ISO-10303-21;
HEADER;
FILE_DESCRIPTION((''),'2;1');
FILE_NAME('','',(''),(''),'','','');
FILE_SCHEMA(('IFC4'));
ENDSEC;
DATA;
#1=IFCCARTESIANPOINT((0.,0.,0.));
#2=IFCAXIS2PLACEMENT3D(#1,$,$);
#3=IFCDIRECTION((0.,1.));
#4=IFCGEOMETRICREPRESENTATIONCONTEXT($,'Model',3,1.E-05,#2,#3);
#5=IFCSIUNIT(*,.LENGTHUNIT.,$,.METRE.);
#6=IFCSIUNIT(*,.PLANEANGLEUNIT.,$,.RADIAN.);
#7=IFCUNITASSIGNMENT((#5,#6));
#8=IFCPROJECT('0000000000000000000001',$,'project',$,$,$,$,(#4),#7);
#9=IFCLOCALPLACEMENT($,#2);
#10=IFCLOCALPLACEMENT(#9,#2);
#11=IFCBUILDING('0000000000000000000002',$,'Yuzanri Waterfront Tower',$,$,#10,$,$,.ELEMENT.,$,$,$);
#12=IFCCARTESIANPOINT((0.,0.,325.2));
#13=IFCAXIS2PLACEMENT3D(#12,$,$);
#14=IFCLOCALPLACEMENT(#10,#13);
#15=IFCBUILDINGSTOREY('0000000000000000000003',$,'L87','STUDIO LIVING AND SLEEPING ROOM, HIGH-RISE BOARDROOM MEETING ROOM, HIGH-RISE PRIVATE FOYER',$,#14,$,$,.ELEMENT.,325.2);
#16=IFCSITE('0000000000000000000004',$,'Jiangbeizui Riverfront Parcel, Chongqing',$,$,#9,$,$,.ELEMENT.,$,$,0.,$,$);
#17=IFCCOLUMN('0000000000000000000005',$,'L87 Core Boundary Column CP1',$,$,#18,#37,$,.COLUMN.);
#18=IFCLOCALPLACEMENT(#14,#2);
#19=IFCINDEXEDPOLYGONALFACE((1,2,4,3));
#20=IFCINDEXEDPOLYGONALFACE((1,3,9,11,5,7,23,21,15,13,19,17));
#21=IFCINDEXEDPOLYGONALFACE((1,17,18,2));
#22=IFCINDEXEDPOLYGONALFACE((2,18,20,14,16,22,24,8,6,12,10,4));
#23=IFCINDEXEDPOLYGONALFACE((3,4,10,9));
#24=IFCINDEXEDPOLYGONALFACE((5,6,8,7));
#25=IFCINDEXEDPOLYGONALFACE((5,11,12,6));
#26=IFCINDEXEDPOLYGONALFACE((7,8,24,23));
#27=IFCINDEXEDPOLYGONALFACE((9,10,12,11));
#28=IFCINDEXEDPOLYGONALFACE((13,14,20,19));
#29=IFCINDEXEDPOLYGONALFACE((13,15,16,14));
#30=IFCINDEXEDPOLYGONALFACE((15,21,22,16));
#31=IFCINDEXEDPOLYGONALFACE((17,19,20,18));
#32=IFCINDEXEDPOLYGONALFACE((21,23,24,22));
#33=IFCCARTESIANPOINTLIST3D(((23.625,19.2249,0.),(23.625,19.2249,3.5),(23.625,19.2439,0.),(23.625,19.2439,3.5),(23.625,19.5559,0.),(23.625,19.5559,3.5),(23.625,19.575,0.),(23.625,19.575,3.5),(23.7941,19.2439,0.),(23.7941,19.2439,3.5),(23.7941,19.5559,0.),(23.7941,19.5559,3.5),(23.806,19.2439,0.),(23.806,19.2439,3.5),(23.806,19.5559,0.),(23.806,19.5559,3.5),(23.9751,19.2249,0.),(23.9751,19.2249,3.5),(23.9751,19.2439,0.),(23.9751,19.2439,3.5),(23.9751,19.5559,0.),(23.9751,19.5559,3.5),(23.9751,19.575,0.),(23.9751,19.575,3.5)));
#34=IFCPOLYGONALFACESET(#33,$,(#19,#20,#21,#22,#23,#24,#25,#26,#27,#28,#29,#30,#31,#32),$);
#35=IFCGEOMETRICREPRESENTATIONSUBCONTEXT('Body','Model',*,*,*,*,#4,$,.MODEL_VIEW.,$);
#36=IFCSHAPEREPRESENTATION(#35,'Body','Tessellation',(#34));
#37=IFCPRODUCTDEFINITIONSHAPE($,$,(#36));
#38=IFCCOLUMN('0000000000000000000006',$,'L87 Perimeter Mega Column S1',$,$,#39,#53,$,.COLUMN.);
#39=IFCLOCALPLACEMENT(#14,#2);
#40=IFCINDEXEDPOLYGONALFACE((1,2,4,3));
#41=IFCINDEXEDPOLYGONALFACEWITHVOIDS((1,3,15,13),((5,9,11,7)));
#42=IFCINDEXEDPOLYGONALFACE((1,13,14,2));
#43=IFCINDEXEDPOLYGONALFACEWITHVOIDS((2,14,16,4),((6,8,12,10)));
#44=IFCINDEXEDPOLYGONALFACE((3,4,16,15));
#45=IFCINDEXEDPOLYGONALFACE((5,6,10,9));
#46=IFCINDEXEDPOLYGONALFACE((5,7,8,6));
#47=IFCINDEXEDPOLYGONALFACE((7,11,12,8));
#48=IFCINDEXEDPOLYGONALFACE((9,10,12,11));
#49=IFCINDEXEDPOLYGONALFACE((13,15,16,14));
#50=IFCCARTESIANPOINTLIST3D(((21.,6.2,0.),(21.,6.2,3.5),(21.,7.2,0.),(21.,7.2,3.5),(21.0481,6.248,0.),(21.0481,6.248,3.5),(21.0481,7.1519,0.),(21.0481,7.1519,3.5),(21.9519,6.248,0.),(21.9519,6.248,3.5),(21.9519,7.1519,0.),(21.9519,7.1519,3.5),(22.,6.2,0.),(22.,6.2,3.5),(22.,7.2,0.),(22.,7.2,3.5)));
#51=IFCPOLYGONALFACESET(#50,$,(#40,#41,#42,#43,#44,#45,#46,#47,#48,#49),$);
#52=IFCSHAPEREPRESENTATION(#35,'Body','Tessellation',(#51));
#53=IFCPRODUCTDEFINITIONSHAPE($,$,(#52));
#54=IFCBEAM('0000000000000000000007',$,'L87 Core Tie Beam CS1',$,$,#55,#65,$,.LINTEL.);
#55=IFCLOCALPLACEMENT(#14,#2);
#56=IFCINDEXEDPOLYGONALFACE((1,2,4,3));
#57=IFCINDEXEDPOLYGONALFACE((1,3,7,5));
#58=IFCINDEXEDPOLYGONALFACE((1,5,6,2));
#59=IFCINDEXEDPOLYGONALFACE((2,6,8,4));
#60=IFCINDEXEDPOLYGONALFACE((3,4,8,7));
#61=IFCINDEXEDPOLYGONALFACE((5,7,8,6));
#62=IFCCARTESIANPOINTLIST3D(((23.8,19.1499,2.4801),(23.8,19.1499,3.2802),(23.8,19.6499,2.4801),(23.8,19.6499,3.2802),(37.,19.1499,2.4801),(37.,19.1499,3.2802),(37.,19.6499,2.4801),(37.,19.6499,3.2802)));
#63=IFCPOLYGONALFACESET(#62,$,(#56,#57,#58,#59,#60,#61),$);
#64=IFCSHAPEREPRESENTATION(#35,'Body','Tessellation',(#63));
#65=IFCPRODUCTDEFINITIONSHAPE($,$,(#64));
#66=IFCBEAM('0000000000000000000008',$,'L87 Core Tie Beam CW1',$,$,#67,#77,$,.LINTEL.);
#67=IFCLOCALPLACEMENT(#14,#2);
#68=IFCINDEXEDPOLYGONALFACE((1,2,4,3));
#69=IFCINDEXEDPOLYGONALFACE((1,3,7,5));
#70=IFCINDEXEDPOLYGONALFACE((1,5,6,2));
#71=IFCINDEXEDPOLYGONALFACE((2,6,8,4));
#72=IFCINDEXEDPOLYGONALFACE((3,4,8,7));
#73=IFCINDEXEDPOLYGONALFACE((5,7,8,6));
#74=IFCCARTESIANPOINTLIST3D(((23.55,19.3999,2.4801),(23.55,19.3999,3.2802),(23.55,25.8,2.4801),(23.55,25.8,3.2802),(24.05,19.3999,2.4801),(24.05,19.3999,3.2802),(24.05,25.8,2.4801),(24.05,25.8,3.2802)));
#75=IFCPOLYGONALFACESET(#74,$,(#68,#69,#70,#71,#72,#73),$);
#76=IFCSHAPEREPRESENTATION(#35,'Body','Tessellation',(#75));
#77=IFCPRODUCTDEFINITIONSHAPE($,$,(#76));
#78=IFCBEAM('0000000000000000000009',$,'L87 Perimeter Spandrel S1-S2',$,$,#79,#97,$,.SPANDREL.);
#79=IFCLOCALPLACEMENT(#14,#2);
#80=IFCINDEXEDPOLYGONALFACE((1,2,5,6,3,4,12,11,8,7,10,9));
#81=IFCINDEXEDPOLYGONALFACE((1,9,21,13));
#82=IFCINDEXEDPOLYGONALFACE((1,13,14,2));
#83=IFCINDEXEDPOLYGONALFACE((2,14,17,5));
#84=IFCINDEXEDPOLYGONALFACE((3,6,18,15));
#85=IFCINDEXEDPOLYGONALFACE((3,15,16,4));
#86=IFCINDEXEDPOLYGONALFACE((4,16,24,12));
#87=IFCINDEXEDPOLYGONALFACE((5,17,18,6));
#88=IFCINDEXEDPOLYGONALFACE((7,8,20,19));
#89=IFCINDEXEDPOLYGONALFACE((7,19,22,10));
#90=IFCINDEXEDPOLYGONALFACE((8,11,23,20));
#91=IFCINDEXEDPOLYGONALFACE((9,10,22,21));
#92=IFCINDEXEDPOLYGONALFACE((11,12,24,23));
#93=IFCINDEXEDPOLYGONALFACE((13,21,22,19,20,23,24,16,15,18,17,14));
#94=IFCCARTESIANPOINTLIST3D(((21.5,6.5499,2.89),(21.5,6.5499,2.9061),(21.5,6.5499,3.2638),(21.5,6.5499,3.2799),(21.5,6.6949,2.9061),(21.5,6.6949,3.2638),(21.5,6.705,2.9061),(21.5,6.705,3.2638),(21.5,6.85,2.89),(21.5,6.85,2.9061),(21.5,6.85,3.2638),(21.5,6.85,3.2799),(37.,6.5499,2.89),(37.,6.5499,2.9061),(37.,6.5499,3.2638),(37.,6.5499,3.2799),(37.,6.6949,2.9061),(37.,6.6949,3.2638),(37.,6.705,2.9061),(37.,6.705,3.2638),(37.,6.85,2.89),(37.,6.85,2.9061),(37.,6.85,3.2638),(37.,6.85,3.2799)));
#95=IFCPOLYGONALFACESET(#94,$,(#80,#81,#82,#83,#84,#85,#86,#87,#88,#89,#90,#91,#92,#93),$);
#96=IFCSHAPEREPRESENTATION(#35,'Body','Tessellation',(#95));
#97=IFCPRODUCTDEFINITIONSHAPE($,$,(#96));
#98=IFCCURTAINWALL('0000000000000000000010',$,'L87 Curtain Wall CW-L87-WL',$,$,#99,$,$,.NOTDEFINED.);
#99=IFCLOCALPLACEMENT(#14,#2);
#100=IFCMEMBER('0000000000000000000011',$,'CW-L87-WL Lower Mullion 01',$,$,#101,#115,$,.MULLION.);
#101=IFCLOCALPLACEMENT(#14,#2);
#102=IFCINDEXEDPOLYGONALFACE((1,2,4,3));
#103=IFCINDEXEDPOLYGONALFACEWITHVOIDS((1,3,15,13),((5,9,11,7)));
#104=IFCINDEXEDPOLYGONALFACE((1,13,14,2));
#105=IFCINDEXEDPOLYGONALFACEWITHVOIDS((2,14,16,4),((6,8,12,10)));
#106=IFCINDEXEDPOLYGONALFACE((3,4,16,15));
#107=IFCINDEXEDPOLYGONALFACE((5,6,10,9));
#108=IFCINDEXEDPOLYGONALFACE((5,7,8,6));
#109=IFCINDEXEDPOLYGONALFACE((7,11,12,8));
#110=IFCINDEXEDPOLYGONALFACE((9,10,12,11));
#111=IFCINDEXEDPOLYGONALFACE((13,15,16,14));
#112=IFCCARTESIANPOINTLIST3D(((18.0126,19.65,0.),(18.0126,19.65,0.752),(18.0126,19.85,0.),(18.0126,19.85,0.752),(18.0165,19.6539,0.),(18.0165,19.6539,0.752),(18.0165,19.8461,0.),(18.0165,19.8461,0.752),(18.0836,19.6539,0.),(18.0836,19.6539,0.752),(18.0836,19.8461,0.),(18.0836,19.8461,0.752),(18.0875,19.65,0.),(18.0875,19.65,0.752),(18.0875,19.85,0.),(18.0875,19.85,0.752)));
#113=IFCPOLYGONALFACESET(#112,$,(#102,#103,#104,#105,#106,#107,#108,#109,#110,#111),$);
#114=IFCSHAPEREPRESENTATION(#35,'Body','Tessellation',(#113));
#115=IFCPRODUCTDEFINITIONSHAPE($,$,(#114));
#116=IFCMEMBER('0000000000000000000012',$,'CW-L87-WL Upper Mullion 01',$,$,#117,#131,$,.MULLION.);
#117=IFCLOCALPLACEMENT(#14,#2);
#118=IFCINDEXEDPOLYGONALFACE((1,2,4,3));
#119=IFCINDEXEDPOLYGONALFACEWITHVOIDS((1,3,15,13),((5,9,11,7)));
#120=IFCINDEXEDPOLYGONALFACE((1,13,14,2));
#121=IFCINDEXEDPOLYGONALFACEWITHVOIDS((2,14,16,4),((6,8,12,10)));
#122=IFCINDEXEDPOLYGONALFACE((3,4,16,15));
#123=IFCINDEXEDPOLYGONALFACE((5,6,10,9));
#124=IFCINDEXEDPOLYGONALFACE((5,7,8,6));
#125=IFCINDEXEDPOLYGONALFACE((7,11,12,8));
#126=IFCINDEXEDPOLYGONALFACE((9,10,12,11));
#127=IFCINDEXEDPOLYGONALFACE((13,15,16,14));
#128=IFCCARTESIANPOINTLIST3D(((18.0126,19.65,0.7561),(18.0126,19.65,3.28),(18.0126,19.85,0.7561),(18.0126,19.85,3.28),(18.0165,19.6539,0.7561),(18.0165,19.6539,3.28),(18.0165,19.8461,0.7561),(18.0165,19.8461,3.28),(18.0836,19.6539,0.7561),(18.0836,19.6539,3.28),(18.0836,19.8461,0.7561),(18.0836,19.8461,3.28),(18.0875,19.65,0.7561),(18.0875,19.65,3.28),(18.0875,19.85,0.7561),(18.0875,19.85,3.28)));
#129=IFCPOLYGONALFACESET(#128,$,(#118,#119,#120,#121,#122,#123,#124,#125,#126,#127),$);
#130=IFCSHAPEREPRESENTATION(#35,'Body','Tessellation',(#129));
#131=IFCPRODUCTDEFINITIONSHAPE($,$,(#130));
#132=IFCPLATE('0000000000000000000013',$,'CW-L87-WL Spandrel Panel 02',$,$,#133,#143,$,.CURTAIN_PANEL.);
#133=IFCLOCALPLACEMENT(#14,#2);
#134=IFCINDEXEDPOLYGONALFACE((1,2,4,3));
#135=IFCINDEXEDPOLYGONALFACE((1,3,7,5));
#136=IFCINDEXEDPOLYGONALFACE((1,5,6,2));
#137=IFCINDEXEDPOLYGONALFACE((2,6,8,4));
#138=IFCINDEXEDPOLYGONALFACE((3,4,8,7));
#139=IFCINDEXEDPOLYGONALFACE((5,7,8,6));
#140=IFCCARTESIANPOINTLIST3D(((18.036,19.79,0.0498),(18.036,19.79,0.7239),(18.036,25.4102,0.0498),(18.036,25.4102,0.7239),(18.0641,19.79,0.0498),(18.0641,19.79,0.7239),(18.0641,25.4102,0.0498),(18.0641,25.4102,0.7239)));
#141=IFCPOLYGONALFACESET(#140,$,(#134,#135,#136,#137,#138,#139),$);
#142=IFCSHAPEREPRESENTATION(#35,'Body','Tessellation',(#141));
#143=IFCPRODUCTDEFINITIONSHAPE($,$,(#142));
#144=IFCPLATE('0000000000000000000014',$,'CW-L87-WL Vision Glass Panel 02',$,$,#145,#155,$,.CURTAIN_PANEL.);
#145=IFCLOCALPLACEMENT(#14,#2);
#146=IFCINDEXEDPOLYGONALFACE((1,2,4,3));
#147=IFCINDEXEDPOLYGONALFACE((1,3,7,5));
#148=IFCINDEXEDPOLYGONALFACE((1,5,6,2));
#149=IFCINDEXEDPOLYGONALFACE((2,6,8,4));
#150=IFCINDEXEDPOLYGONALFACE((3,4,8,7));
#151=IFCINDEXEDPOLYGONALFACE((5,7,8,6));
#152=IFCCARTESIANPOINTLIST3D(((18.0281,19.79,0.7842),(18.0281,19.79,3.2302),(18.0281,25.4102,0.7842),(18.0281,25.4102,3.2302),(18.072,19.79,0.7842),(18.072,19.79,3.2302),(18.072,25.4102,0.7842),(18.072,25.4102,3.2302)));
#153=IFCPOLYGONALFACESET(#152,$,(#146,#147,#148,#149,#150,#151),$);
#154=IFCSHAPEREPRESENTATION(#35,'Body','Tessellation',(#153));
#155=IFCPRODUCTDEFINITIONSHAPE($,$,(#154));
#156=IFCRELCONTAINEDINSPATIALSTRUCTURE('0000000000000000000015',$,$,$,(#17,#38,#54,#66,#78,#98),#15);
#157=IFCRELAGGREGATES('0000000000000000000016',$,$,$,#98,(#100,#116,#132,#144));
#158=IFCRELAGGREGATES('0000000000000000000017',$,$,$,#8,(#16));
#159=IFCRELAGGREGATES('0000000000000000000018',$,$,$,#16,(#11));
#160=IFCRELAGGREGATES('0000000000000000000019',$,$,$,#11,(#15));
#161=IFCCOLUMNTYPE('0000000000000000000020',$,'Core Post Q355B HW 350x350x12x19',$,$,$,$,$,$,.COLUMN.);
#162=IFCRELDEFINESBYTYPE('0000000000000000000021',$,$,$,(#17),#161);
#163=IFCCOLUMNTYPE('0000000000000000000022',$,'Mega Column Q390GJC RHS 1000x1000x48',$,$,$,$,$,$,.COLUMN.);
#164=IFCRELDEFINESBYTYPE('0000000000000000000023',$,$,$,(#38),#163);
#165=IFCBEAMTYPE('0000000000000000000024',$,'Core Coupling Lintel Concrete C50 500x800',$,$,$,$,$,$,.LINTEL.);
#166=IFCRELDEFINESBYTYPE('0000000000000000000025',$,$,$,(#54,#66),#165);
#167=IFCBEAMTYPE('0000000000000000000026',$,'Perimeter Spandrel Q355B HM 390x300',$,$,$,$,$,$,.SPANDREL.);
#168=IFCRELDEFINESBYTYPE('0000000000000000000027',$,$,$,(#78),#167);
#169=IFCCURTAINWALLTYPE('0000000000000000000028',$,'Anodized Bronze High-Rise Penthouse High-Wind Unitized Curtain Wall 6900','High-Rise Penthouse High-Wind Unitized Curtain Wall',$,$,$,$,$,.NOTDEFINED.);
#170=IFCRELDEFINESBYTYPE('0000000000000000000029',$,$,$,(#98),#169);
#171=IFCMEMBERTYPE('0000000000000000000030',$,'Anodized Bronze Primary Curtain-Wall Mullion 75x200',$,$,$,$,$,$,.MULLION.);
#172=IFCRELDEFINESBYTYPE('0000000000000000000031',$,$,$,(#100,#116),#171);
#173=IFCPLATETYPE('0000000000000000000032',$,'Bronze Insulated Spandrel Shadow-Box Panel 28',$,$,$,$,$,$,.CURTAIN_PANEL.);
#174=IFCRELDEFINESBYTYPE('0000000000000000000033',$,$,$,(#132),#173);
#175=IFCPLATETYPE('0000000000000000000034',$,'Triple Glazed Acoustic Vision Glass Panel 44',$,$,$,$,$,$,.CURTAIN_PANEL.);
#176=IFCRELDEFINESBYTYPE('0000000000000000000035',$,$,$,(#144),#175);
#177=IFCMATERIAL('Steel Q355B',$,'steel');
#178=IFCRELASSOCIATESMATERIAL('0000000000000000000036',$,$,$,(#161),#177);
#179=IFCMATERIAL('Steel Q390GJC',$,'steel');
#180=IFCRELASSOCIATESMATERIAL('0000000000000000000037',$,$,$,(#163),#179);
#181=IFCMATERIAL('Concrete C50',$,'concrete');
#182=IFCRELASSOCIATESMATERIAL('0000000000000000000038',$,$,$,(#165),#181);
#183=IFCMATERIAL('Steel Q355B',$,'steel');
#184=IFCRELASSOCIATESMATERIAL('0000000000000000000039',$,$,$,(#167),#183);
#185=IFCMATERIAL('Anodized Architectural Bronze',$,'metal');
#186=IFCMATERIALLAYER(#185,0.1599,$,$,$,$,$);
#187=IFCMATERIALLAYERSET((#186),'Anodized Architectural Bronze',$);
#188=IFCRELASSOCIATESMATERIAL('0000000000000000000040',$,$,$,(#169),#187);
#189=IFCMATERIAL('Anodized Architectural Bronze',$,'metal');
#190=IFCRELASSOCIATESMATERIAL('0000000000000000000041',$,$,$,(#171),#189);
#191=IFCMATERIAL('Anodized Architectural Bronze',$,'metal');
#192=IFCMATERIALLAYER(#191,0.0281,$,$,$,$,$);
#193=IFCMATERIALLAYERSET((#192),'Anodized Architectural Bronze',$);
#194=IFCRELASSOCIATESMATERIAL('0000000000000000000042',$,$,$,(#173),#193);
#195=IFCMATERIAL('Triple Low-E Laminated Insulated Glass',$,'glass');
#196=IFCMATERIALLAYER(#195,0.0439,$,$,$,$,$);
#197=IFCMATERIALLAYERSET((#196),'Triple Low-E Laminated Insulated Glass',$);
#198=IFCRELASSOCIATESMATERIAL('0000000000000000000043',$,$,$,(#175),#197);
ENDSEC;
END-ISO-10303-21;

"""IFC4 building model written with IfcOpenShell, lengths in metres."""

from ifc_helpers import new_model, si_unit, direction, frame, origin, origin_2d, place, context, subcontext, project, spatial, rectangle, hollow_rectangle, i_section, extrude, source, transform, mapped, material, layer, layer_set, material_profile, profile_set, type_object, element, aggregate, save


model = new_model("IFC4")

# Units and contexts
model_context = context("Model", 3, precision=1e-05, world=origin(), true_north=direction((0.0, 1.0)))
body_context = subcontext(model_context, "Body", "Model", "MODEL_VIEW")
ifc_project = project(units=[si_unit("LENGTHUNIT", "METRE"), si_unit("PLANEANGLEUNIT", "RADIAN")], contexts=[model_context])

# Site, building, storey
site_placement = place(None, origin())
site = spatial("IfcSite", under=ifc_project, at=site_placement, Name="Jiangbeizui Riverfront Parcel, Chongqing", CompositionType="ELEMENT", RefElevation=0.0)
building_placement = place(site_placement, origin())
building = spatial("IfcBuilding", under=site, at=building_placement, Name="Yuzanri Waterfront Tower", CompositionType="ELEMENT")
storey_placement = place(building_placement, frame((0.0, 0.0, 325.2)))
storey = spatial("IfcBuildingStorey", under=building, at=storey_placement, Name="L87", Description="STUDIO LIVING AND SLEEPING ROOM, HIGH-RISE BOARDROOM MEETING ROOM, HIGH-RISE PRIVATE FOYER", CompositionType="ELEMENT", Elevation=325.2)

# Columns
ifc_material_1 = material(Name="Steel Q355B", Category="steel")
ifc_material_profile_1 = material_profile(ifc_material_1, i_section(OverallWidth=0.3501, OverallDepth=0.3501, WebThickness=0.012, FlangeThickness=0.019, at=origin_2d()), Name="HW 350x350x12x19")
ifc_profile_set_1 = profile_set([ifc_material_profile_1], Name="Steel Q355B")
column_type_1 = type_object("IfcColumnType", Name="Core Post Q355B HW 350x350x12x19", PredefinedType="COLUMN", material=ifc_profile_set_1)
shared_shape_1 = source(origin(), body_context, "Body", "SweptSolid", [
    extrude(i_section(OverallWidth=0.3501, OverallDepth=0.3501, WebThickness=0.012, FlangeThickness=0.019, at=origin_2d()), origin(), (0.0, 0.0, 1.0), 3.5),
])
column_1_placement = place(storey_placement, frame((23.8, 19.3999, 0.0), z_axis=(0.0, 0.0, 1.0), x_axis=(1.0, 0.0, 0.0)))
element("IfcColumn", 1, at=column_1_placement, inside=storey, type_object=column_type_1, Name="L87 Core Boundary Column CP1", PredefinedType="COLUMN", context=body_context, shape_type="MappedRepresentation", body=[
    mapped(shared_shape_1, transform((0.0, 0.0, 0.0), scale=1.0)),
])
ifc_material_2 = material(Name="Steel Q390GJC", Category="steel")
ifc_material_profile_2 = material_profile(ifc_material_2, hollow_rectangle(XDim=1.0, YDim=1.0, WallThickness=0.0481, at=origin_2d()), Name="RHS 1000x1000x48")
ifc_profile_set_2 = profile_set([ifc_material_profile_2], Name="Steel Q390GJC")
column_type_2 = type_object("IfcColumnType", Name="Mega Column Q390GJC RHS 1000x1000x48", PredefinedType="COLUMN", material=ifc_profile_set_2)
shared_shape_2 = source(origin(), body_context, "Body", "SweptSolid", [
    extrude(hollow_rectangle(XDim=1.0, YDim=1.0, WallThickness=0.0481, at=origin_2d()), origin(), (0.0, 0.0, 1.0), 3.5),
])
column_2_placement = place(storey_placement, frame((21.5, 6.7, 0.0), z_axis=(0.0, 0.0, 1.0), x_axis=(1.0, 0.0, 0.0)))
element("IfcColumn", 2, at=column_2_placement, inside=storey, type_object=column_type_2, Name="L87 Perimeter Mega Column S1", PredefinedType="COLUMN", context=body_context, shape_type="MappedRepresentation", body=[
    mapped(shared_shape_2, transform((0.0, 0.0, 0.0), scale=1.0)),
])

# Beams
ifc_material_3 = material(Name="Concrete C50", Category="concrete")
ifc_material_profile_3 = material_profile(ifc_material_3, rectangle(XDim=0.5, YDim=0.8, at=origin_2d()), Name="RC 500x800")
ifc_profile_set_3 = profile_set([ifc_material_profile_3], Name="Concrete C50")
beam_type_1 = type_object("IfcBeamType", Name="Core Coupling Lintel Concrete C50 500x800", PredefinedType="LINTEL", material=ifc_profile_set_3)
shared_shape_3 = source(origin(), body_context, "Body", "SweptSolid", [
    extrude(rectangle(XDim=0.5, YDim=0.8, at=origin_2d()), origin(), (0.0, 0.0, 1.0), 13.2),
])
beam_1_placement = place(storey_placement, frame((23.8, 19.3999, 2.8801), z_axis=(1.0, 0.0, 0.0), x_axis=(0.0, 1.0, 0.0)))
element("IfcBeam", 3, at=beam_1_placement, inside=storey, type_object=beam_type_1, Name="L87 Core Tie Beam CS1", PredefinedType="LINTEL", context=body_context, shape_type="MappedRepresentation", body=[
    mapped(shared_shape_3, transform((0.0, 0.0, 0.0), scale=1.0)),
])
shared_shape_4 = source(origin(), body_context, "Body", "SweptSolid", [
    extrude(rectangle(XDim=0.5, YDim=0.8, at=origin_2d()), origin(), (0.0, 0.0, 1.0), 6.4001),
])
beam_2_placement = place(storey_placement, frame((23.8, 19.3999, 2.8801), z_axis=(0.0, 1.0, 0.0), x_axis=(-1.0, 0.0, 0.0)))
element("IfcBeam", 4, at=beam_2_placement, inside=storey, type_object=beam_type_1, Name="L87 Core Tie Beam CW1", PredefinedType="LINTEL", context=body_context, shape_type="MappedRepresentation", body=[
    mapped(shared_shape_4, transform((0.0, 0.0, 0.0), scale=1.0)),
])
ifc_material_4 = material(Name="Steel Q355B", Category="steel")
ifc_material_profile_4 = material_profile(ifc_material_4, i_section(OverallWidth=0.3, OverallDepth=0.3899, WebThickness=0.01, FlangeThickness=0.0161, at=origin_2d()), Name="HM 390x300x10x16")
ifc_profile_set_4 = profile_set([ifc_material_profile_4], Name="Steel Q355B")
beam_type_2 = type_object("IfcBeamType", Name="Perimeter Spandrel Q355B HM 390x300", PredefinedType="SPANDREL", material=ifc_profile_set_4)
shared_shape_5 = source(origin(), body_context, "Body", "SweptSolid", [
    extrude(i_section(OverallWidth=0.3, OverallDepth=0.3899, WebThickness=0.01, FlangeThickness=0.0161, at=origin_2d()), origin(), (0.0, 0.0, 1.0), 15.5),
])
beam_3_placement = place(storey_placement, frame((21.5, 6.7, 3.085), z_axis=(1.0, 0.0, 0.0), x_axis=(0.0, 1.0, 0.0)))
element("IfcBeam", 5, at=beam_3_placement, inside=storey, type_object=beam_type_2, Name="L87 Perimeter Spandrel S1-S2", PredefinedType="SPANDREL", context=body_context, shape_type="MappedRepresentation", body=[
    mapped(shared_shape_5, transform((0.0, 0.0, 0.0), scale=1.0)),
])

# Curtain wall, members, plates
ifc_material_5 = material(Name="Anodized Architectural Bronze", Category="metal")
ifc_layer_1 = layer(ifc_material_5, 0.1599)
ifc_layer_set_1 = layer_set([ifc_layer_1], Name="Anodized Architectural Bronze")
curtain_wall_type = type_object("IfcCurtainWallType", Name="Anodized Bronze High-Rise Penthouse High-Wind Unitized Curtain Wall 6900", Description="High-Rise Penthouse High-Wind Unitized Curtain Wall", PredefinedType="NOTDEFINED", material=ifc_layer_set_1)
curtain_wall_placement = place(storey_placement, origin())
curtain_wall = element("IfcCurtainWall", 6, at=curtain_wall_placement, inside=storey, type_object=curtain_wall_type, Name="L87 Curtain Wall CW-L87-WL", PredefinedType="NOTDEFINED")
ifc_material_6 = material(Name="Anodized Architectural Bronze", Category="metal")
ifc_material_profile_5 = material_profile(ifc_material_6, hollow_rectangle(XDim=0.075, YDim=0.2, WallThickness=0.0039, at=origin_2d()), Name="CWM 75x200")
ifc_profile_set_5 = profile_set([ifc_material_profile_5], Name="Anodized Architectural Bronze")
member_type = type_object("IfcMemberType", Name="Anodized Bronze Primary Curtain-Wall Mullion 75x200", PredefinedType="MULLION", material=ifc_profile_set_5)
shared_shape_6 = source(origin(), body_context, "Body", "SweptSolid", [
    extrude(hollow_rectangle(XDim=0.075, YDim=0.2, WallThickness=0.0039, at=origin_2d()), origin(), (0.0, 0.0, 1.0), 0.752),
])
member_1_placement = place(storey_placement, frame((18.05, 19.75, 0.0), z_axis=(0.0, 0.0, 1.0), x_axis=(1.0, 0.0, 0.0)))
member_1 = element("IfcMember", 7, at=member_1_placement, type_object=member_type, Name="CW-L87-WL Lower Mullion 01", PredefinedType="MULLION", context=body_context, shape_type="MappedRepresentation", body=[
    mapped(shared_shape_6, transform((0.0, 0.0, 0.0), scale=1.0)),
])
shared_shape_7 = source(origin(), body_context, "Body", "SweptSolid", [
    extrude(hollow_rectangle(XDim=0.075, YDim=0.2, WallThickness=0.0039, at=origin_2d()), origin(), (0.0, 0.0, 1.0), 2.5239),
])
member_2_placement = place(storey_placement, frame((18.05, 19.75, 0.7561), z_axis=(0.0, 0.0, 1.0), x_axis=(1.0, 0.0, 0.0)))
member_2 = element("IfcMember", 8, at=member_2_placement, type_object=member_type, Name="CW-L87-WL Upper Mullion 01", PredefinedType="MULLION", context=body_context, shape_type="MappedRepresentation", body=[
    mapped(shared_shape_7, transform((0.0, 0.0, 0.0), scale=1.0)),
])
ifc_material_7 = material(Name="Anodized Architectural Bronze", Category="metal")
ifc_layer_2 = layer(ifc_material_7, 0.0281)
ifc_layer_set_2 = layer_set([ifc_layer_2], Name="Anodized Architectural Bronze")
plate_type_1 = type_object("IfcPlateType", Name="Bronze Insulated Spandrel Shadow-Box Panel 28", PredefinedType="CURTAIN_PANEL", material=ifc_layer_set_2)
shared_shape_8 = source(origin(), body_context, "Body", "SweptSolid", [
    extrude(rectangle(XDim=5.6201, YDim=0.0281, at=origin_2d()), origin(), (0.0, 0.0, 1.0), 0.6741),
])
plate_1_placement = place(storey_placement, frame((18.05, 22.6001, 0.0498), z_axis=(0.0, 0.0, 1.0), x_axis=(0.0, 1.0, 0.0)))
plate_1 = element("IfcPlate", 9, at=plate_1_placement, type_object=plate_type_1, Name="CW-L87-WL Spandrel Panel 02", PredefinedType="CURTAIN_PANEL", context=body_context, shape_type="MappedRepresentation", body=[
    mapped(shared_shape_8, transform((0.0, 0.0, 0.0), scale=1.0)),
])
ifc_material_8 = material(Name="Triple Low-E Laminated Insulated Glass", Category="glass")
ifc_layer_3 = layer(ifc_material_8, 0.0439)
ifc_layer_set_3 = layer_set([ifc_layer_3], Name="Triple Low-E Laminated Insulated Glass")
plate_type_2 = type_object("IfcPlateType", Name="Triple Glazed Acoustic Vision Glass Panel 44", PredefinedType="CURTAIN_PANEL", material=ifc_layer_set_3)
shared_shape_9 = source(origin(), body_context, "Body", "SweptSolid", [
    extrude(rectangle(XDim=5.6201, YDim=0.0439, at=origin_2d()), origin(), (0.0, 0.0, 1.0), 2.446),
])
plate_2_placement = place(storey_placement, frame((18.05, 22.6001, 0.7842), z_axis=(0.0, 0.0, 1.0), x_axis=(0.0, 1.0, 0.0)))
plate_2 = element("IfcPlate", 10, at=plate_2_placement, type_object=plate_type_2, Name="CW-L87-WL Vision Glass Panel 02", PredefinedType="CURTAIN_PANEL", context=body_context, shape_type="MappedRepresentation", body=[
    mapped(shared_shape_9, transform((0.0, 0.0, 0.0), scale=1.0)),
])
aggregate(curtain_wall, [member_1, member_2, plate_1, plate_2])

save(model, "model.ifc")
